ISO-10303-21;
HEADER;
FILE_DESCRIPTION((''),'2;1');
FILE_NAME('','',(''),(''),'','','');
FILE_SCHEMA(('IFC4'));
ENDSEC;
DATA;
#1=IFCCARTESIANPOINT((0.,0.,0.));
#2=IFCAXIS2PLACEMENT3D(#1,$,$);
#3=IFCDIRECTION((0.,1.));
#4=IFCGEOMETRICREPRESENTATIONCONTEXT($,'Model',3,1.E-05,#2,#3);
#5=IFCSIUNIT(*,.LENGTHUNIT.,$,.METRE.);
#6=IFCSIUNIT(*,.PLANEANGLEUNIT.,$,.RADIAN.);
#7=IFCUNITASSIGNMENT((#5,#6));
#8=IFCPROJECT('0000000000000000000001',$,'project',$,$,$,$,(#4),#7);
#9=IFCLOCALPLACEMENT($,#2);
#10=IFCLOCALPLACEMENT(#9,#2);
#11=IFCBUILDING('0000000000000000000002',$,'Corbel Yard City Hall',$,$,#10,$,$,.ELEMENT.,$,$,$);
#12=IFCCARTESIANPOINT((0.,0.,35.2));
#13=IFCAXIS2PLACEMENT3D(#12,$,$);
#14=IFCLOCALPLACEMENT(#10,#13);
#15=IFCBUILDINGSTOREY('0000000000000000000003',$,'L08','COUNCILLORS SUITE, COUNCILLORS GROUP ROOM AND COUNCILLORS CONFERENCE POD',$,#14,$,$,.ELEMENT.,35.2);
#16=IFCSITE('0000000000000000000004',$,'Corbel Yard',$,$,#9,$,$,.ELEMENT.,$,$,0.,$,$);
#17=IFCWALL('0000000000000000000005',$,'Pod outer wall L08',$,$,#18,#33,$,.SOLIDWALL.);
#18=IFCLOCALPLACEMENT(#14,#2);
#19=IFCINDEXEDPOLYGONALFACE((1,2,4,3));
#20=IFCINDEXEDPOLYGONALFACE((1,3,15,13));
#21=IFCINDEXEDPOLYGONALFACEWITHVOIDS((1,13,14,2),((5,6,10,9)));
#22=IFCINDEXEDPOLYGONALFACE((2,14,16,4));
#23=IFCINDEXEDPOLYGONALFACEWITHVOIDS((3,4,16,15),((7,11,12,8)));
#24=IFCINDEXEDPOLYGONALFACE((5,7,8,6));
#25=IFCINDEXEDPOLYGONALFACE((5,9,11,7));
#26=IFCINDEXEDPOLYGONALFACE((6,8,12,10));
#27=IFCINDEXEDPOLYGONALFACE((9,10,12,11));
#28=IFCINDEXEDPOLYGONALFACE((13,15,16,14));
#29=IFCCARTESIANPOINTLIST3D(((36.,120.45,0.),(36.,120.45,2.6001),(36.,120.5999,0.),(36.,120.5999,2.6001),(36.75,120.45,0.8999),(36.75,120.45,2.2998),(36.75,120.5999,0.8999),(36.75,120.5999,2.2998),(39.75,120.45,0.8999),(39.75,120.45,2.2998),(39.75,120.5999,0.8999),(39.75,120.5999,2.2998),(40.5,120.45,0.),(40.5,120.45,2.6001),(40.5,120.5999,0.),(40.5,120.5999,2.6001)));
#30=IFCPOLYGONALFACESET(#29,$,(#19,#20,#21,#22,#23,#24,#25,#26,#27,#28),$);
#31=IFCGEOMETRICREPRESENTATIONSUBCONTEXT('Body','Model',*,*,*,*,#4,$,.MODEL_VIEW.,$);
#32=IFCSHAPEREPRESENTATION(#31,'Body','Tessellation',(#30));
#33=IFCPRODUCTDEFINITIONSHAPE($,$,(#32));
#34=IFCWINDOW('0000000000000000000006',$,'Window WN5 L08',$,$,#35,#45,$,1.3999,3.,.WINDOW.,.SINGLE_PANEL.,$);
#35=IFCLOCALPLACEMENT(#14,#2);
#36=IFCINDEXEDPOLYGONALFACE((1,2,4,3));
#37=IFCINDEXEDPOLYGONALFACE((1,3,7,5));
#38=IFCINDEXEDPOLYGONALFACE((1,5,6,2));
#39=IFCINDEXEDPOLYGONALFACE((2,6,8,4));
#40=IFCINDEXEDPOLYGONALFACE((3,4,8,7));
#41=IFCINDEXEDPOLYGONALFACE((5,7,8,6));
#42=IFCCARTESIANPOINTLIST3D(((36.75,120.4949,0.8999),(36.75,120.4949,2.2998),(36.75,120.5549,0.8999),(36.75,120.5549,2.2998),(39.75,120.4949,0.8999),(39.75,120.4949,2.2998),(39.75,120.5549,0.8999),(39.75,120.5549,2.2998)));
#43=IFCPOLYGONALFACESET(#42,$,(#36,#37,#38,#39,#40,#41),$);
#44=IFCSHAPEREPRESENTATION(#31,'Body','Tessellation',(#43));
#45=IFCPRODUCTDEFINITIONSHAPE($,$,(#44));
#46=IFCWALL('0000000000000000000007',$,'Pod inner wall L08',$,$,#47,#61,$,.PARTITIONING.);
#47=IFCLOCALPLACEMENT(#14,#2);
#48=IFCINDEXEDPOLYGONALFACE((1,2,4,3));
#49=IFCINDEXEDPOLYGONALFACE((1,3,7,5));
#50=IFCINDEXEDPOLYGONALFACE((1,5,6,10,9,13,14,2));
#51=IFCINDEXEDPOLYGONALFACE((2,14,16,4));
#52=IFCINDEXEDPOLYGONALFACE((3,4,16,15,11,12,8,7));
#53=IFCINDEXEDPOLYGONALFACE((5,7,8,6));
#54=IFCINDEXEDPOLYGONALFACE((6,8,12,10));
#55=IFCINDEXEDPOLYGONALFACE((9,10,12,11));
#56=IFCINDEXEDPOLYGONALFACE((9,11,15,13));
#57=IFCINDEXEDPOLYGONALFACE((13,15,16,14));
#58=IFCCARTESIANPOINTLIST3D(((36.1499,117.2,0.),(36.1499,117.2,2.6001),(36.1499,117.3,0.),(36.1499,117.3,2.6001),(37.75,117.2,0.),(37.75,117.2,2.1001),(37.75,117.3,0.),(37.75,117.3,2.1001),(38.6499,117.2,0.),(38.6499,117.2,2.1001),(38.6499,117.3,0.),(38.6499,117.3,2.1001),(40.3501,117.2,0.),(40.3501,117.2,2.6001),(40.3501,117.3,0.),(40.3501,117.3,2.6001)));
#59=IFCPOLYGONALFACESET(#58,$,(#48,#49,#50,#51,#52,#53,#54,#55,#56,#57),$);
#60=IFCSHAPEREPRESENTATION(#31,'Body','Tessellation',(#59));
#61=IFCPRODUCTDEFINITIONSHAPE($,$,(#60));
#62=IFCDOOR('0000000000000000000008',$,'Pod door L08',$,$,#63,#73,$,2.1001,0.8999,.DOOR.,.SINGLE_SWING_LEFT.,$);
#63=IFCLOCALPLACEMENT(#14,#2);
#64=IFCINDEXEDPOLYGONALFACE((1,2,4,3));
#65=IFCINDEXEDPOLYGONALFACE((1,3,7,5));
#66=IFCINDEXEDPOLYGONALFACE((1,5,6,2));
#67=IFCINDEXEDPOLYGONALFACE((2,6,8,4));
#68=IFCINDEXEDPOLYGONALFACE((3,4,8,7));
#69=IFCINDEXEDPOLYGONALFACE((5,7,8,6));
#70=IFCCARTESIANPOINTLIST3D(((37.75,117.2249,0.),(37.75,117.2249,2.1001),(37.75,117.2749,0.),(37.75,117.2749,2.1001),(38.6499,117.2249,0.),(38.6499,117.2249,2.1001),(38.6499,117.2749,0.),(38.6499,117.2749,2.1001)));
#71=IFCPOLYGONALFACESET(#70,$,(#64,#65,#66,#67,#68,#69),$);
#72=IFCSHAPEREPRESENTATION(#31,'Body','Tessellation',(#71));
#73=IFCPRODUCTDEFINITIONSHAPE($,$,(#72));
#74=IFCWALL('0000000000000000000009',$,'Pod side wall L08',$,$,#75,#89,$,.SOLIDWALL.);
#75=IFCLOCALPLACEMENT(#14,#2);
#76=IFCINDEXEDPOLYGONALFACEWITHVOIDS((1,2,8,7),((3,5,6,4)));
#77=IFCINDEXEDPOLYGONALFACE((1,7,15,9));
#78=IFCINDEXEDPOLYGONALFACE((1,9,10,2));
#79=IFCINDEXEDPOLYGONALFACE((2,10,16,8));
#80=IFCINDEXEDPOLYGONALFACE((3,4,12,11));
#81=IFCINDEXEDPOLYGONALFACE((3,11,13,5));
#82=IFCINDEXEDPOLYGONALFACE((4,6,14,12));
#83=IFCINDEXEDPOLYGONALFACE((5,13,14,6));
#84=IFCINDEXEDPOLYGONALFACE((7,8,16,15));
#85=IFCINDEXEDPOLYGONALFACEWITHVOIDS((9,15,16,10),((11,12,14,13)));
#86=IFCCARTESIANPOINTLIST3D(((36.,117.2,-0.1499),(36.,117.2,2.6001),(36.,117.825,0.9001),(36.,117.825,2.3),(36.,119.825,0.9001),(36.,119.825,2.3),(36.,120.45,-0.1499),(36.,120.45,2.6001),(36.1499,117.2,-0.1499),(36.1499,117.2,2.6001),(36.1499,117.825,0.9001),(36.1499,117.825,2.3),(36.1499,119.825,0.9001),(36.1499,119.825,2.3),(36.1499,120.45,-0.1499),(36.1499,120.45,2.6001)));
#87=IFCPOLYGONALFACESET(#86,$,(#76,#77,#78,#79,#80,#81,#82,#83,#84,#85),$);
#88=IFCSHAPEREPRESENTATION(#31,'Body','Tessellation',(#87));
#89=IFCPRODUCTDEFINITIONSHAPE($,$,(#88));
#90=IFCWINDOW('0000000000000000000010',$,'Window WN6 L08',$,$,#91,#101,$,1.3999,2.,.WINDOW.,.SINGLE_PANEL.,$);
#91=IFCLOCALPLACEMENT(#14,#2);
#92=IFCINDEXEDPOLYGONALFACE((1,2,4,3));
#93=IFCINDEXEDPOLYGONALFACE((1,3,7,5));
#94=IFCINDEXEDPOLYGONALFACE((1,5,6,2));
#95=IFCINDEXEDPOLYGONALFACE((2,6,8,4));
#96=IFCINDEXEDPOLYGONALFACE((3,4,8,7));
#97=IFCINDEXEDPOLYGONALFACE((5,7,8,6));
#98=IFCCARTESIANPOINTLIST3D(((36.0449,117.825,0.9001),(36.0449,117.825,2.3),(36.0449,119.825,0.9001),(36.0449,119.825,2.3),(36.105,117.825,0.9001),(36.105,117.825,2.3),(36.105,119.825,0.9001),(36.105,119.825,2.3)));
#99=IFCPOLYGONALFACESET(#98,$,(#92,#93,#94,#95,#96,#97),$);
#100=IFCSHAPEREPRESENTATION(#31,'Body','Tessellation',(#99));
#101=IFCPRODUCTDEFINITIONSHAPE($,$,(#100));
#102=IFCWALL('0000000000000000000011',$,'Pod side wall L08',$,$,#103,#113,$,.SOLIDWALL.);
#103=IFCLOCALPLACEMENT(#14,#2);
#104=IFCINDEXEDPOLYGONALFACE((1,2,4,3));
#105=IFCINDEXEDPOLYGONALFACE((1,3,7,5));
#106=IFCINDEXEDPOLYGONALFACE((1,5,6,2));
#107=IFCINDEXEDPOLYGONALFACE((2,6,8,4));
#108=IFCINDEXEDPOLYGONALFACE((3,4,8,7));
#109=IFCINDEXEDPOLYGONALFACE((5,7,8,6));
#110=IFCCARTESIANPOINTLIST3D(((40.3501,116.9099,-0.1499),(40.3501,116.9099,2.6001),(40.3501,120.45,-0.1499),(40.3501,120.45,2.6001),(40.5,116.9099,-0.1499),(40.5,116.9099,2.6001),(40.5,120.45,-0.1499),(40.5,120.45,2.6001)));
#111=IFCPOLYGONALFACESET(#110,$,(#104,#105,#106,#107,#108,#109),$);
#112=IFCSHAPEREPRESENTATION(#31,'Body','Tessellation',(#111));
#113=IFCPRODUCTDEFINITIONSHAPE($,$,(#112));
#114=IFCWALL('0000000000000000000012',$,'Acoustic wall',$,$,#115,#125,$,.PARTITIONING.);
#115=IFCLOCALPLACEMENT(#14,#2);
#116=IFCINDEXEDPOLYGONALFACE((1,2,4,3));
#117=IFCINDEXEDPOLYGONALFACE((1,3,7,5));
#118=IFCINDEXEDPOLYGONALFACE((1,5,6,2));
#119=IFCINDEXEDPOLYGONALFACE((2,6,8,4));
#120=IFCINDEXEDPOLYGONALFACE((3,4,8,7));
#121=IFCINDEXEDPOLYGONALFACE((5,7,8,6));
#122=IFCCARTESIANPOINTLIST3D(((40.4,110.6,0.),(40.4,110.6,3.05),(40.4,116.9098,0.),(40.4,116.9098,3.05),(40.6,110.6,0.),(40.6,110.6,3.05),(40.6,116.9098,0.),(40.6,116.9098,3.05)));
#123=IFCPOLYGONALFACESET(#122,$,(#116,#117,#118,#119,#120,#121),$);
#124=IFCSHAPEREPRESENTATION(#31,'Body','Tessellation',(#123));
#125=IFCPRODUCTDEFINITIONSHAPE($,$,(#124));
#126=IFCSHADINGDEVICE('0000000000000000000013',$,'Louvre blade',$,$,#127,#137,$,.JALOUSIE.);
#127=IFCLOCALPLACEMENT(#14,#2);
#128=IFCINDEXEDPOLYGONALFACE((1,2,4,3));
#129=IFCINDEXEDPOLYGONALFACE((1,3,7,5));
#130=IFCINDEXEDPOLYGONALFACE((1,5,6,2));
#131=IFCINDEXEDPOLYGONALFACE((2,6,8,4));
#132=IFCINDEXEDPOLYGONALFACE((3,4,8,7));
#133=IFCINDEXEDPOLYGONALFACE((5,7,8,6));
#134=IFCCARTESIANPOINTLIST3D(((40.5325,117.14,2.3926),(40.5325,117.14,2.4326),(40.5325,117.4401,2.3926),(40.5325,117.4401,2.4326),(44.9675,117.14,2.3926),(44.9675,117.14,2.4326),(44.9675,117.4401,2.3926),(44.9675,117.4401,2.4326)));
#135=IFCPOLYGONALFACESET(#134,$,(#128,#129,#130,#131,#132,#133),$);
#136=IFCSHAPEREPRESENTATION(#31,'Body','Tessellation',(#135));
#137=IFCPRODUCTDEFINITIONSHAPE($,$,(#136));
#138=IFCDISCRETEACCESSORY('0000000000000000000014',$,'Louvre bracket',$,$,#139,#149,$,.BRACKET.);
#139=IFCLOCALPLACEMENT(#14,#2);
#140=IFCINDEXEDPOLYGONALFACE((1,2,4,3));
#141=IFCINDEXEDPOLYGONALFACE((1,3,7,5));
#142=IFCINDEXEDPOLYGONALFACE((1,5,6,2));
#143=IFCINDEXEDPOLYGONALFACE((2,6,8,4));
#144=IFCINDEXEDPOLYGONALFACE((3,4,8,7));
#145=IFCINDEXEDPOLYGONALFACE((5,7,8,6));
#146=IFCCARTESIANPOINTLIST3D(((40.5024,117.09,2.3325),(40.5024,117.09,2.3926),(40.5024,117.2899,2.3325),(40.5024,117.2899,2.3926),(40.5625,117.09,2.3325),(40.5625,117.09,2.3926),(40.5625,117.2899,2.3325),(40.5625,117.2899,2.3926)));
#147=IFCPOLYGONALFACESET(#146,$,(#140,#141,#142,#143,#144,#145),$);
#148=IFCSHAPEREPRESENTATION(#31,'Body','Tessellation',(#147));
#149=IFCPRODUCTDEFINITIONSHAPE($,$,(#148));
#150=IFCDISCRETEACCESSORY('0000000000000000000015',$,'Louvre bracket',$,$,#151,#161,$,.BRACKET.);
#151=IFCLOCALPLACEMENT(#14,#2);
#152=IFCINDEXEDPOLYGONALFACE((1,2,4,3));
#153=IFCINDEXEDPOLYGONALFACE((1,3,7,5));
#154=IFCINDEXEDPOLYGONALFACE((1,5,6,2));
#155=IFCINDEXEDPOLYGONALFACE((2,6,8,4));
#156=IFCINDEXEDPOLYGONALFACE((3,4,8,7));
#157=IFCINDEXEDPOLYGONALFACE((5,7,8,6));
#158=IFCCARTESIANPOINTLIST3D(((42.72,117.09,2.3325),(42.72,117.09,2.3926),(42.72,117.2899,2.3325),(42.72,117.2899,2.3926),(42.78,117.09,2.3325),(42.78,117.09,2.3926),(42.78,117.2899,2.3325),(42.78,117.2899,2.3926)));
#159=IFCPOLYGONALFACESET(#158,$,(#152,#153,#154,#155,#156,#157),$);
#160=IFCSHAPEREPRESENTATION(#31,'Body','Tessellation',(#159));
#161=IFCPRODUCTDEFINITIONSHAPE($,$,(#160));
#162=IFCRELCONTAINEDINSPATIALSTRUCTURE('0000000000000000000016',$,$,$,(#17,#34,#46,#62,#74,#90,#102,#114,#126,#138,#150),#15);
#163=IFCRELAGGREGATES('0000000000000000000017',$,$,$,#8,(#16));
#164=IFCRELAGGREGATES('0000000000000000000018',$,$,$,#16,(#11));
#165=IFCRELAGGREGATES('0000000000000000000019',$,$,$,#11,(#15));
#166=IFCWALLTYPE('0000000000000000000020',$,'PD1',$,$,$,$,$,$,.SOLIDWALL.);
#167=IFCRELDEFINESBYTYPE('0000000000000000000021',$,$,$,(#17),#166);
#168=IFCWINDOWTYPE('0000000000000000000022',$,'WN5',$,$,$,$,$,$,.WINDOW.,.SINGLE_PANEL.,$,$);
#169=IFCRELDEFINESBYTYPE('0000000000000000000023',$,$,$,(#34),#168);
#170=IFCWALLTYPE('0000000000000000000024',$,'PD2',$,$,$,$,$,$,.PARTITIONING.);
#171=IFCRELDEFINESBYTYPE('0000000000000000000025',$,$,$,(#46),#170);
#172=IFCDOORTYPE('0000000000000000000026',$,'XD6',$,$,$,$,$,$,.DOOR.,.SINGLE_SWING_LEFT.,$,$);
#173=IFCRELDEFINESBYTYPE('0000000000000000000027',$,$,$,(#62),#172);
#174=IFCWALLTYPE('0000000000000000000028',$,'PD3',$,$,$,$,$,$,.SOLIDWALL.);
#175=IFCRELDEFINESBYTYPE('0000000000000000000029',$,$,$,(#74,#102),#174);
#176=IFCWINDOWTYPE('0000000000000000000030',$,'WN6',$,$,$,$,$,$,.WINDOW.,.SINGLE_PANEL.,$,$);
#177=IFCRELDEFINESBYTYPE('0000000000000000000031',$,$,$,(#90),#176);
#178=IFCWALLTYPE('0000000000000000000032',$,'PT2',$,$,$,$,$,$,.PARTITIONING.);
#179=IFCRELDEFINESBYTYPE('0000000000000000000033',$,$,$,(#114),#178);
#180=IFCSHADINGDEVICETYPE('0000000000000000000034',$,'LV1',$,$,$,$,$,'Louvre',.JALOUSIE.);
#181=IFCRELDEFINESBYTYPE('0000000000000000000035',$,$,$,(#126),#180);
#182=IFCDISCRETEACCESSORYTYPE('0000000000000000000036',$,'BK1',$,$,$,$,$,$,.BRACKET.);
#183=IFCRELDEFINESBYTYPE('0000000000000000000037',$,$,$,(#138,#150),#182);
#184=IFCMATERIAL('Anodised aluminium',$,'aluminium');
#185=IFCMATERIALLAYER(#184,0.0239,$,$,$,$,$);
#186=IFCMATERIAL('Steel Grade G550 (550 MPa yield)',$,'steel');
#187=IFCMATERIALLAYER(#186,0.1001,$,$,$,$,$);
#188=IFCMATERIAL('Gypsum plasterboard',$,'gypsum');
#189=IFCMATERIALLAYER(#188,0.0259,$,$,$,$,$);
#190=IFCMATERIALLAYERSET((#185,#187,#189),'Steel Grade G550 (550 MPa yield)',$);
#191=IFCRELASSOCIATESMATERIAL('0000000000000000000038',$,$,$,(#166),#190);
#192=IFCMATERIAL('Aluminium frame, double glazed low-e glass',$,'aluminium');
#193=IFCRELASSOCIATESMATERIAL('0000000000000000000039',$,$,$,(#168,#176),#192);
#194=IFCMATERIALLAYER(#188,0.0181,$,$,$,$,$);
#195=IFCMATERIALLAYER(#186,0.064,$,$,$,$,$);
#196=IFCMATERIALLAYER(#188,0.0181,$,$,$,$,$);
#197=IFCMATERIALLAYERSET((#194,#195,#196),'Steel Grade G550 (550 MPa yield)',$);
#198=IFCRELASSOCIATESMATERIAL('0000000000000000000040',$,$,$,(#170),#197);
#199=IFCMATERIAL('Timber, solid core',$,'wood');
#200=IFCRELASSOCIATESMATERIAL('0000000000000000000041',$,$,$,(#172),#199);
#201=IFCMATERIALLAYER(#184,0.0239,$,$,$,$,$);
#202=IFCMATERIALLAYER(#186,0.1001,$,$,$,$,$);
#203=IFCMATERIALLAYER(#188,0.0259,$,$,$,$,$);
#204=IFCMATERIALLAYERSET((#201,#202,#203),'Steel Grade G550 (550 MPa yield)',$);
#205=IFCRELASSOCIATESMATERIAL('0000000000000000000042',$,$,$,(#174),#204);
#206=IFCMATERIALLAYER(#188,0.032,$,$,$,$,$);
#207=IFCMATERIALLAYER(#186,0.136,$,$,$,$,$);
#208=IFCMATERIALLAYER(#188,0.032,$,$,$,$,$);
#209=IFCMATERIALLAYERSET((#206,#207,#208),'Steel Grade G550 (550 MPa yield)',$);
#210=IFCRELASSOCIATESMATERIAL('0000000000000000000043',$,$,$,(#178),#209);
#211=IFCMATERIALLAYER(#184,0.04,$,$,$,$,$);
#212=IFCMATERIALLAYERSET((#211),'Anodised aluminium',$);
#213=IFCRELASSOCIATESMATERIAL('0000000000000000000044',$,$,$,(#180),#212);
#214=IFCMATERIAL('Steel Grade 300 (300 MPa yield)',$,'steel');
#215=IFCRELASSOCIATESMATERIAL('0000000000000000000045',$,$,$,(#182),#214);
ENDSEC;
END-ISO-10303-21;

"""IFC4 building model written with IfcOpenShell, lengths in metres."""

from ifc_helpers import new_model, si_unit, direction, frame, frame_2d, origin, origin_2d, place, context, subcontext, project, spatial, rectangle, extrude, material, layer, layer_set, type_object, element, fill, save


model = new_model("IFC4")

# Units and contexts
model_context = context("Model", 3, precision=1e-05, world=origin(), true_north=direction((0.0, 1.0)))
body_context = subcontext(model_context, "Body", "Model", "MODEL_VIEW")
ifc_project = project(units=[si_unit("LENGTHUNIT", "METRE"), si_unit("PLANEANGLEUNIT", "RADIAN")], contexts=[model_context])

# Site, building, storey
site_placement = place(None, origin())
site = spatial("IfcSite", under=ifc_project, at=site_placement, Name="Corbel Yard", CompositionType="ELEMENT", RefElevation=0.0)
building_placement = place(site_placement, origin())
building = spatial("IfcBuilding", under=site, at=building_placement, Name="Corbel Yard City Hall", CompositionType="ELEMENT")
storey_placement = place(building_placement, frame((0.0, 0.0, 35.2)))
storey = spatial("IfcBuildingStorey", under=building, at=storey_placement, Name="L08", Description="COUNCILLORS SUITE, COUNCILLORS GROUP ROOM AND COUNCILLORS CONFERENCE POD", CompositionType="ELEMENT", Elevation=35.2)

# Shared definitions
ifc_material_1 = material(Name="Steel Grade 300 (300 MPa yield)", Category="steel")

# Wall, opening, window
ifc_material_2 = material(Name="Anodised aluminium", Category="aluminium")
ifc_layer_1 = layer(ifc_material_2, 0.0239)
ifc_material_3 = material(Name="Steel Grade G550 (550 MPa yield)", Category="steel")
ifc_layer_2 = layer(ifc_material_3, 0.1001)
ifc_material_4 = material(Name="Gypsum plasterboard", Category="gypsum")
ifc_layer_3 = layer(ifc_material_4, 0.0259)
ifc_layer_set_1 = layer_set([ifc_layer_1, ifc_layer_2, ifc_layer_3], Name="Steel Grade G550 (550 MPa yield)")
wall_type_1 = type_object("IfcWallType", Name="PD1", PredefinedType="SOLIDWALL", material=ifc_layer_set_1)
wall_1_placement = place(storey_placement, frame((36.0, 120.5249, 0.0), z_axis=(0.0, 0.0, 1.0), x_axis=(1.0, 0.0, 0.0)))
wall_1 = element("IfcWall", 1, at=wall_1_placement, inside=storey, type_object=wall_type_1, Name="Pod outer wall L08", PredefinedType="SOLIDWALL", context=body_context, shape_type="SweptSolid", body=[
    extrude(rectangle(XDim=4.5, YDim=0.1499, at=frame_2d((2.25, 0.0))), origin(), (0.0, 0.0, 1.0), 2.6001),
])
opening_1_placement = place(wall_1_placement, frame((0.75, 0.0, 0.8999)))
opening_1 = element("IfcOpeningElement", 2, at=opening_1_placement, cuts=wall_1, PredefinedType="OPENING", context=body_context, shape_type="SweptSolid", body=[
    extrude(rectangle(XDim=3.0, YDim=1.3999, at=frame_2d((1.5, 0.7))), frame((0.0, 0.085, 0.0), z_axis=(0.0, -1.0, 0.0), x_axis=(1.0, 0.0, 0.0)), (0.0, 0.0, 1.0), 0.1699),
])
ifc_material_5 = material(Name="Aluminium frame, double glazed low-e glass", Category="aluminium")
window_type_1 = type_object("IfcWindowType", Name="WN5", PartitioningType="SINGLE_PANEL", PredefinedType="WINDOW", material=ifc_material_5)
window_1_placement = place(opening_1_placement, origin())
window_1 = element("IfcWindow", 3, at=window_1_placement, inside=storey, type_object=window_type_1, Name="Window WN5 L08", OverallHeight=1.3999, OverallWidth=3.0, PartitioningType="SINGLE_PANEL", PredefinedType="WINDOW", context=body_context, shape_type="SweptSolid", body=[
    extrude(rectangle(XDim=3.0, YDim=1.3999, at=frame_2d((1.5, 0.7))), frame((0.0, 0.03, 0.0), z_axis=(0.0, -1.0, 0.0), x_axis=(1.0, 0.0, 0.0)), (0.0, 0.0, 1.0), 0.0601),
])
fill(opening_1, window_1)

# Wall, opening, door
ifc_layer_4 = layer(ifc_material_4, 0.0181)
ifc_layer_5 = layer(ifc_material_3, 0.064)
ifc_layer_6 = layer(ifc_material_4, 0.0181)
ifc_layer_set_2 = layer_set([ifc_layer_4, ifc_layer_5, ifc_layer_6], Name="Steel Grade G550 (550 MPa yield)")
wall_type_2 = type_object("IfcWallType", Name="PD2", PredefinedType="PARTITIONING", material=ifc_layer_set_2)
wall_2_placement = place(storey_placement, frame((36.1499, 117.25, 0.0), z_axis=(0.0, 0.0, 1.0), x_axis=(1.0, 0.0, 0.0)))
wall_2 = element("IfcWall", 4, at=wall_2_placement, inside=storey, type_object=wall_type_2, Name="Pod inner wall L08", PredefinedType="PARTITIONING", context=body_context, shape_type="SweptSolid", body=[
    extrude(rectangle(XDim=4.2002, YDim=0.1001, at=frame_2d((2.1001, 0.0))), origin(), (0.0, 0.0, 1.0), 2.6001),
])
opening_2_placement = place(wall_2_placement, frame((1.6001, 0.0, 0.0)))
opening_2 = element("IfcOpeningElement", 5, at=opening_2_placement, cuts=wall_2, PredefinedType="OPENING", context=body_context, shape_type="SweptSolid", body=[
    extrude(rectangle(XDim=0.8999, YDim=2.1001, at=frame_2d((0.45, 1.05))), frame((0.0, 0.0601, 0.0), z_axis=(0.0, -1.0, 0.0), x_axis=(1.0, 0.0, 0.0)), (0.0, 0.0, 1.0), 0.1201),
])
ifc_material_6 = material(Name="Timber, solid core", Category="wood")
door_type = type_object("IfcDoorType", Name="XD6", OperationType="SINGLE_SWING_LEFT", PredefinedType="DOOR", material=ifc_material_6)
door_placement = place(opening_2_placement, origin())
door = element("IfcDoor", 6, at=door_placement, inside=storey, type_object=door_type, Name="Pod door L08", OperationType="SINGLE_SWING_LEFT", OverallHeight=2.1001, OverallWidth=0.8999, PredefinedType="DOOR", context=body_context, shape_type="SweptSolid", body=[
    extrude(rectangle(XDim=0.8999, YDim=2.1001, at=frame_2d((0.45, 1.05))), frame((0.0, 0.0249, 0.0), z_axis=(0.0, -1.0, 0.0), x_axis=(1.0, 0.0, 0.0)), (0.0, 0.0, 1.0), 0.05),
])
fill(opening_2, door)

# Wall, opening, window
ifc_layer_7 = layer(ifc_material_2, 0.0239)
ifc_layer_8 = layer(ifc_material_3, 0.1001)
ifc_layer_9 = layer(ifc_material_4, 0.0259)
ifc_layer_set_3 = layer_set([ifc_layer_7, ifc_layer_8, ifc_layer_9], Name="Steel Grade G550 (550 MPa yield)")
wall_type_3 = type_object("IfcWallType", Name="PD3", PredefinedType="SOLIDWALL", material=ifc_layer_set_3)
wall_3_placement = place(storey_placement, frame((36.075, 120.45, -0.1499), z_axis=(0.0, 0.0, 1.0), x_axis=(0.0, -1.0, 0.0)))
wall_3 = element("IfcWall", 7, at=wall_3_placement, inside=storey, type_object=wall_type_3, Name="Pod side wall L08", PredefinedType="SOLIDWALL", context=body_context, shape_type="SweptSolid", body=[
    extrude(rectangle(XDim=3.25, YDim=0.1499, at=frame_2d((1.625, 0.0))), origin(), (0.0, 0.0, 1.0), 2.75),
])
opening_3_placement = place(wall_3_placement, frame((0.625, 0.0, 1.05)))
opening_3 = element("IfcOpeningElement", 8, at=opening_3_placement, cuts=wall_3, PredefinedType="OPENING", context=body_context, shape_type="SweptSolid", body=[
    extrude(rectangle(XDim=2.0, YDim=1.3999, at=frame_2d((1.0, 0.7))), frame((0.0, 0.085, 0.0), z_axis=(0.0, -1.0, 0.0), x_axis=(1.0, 0.0, 0.0)), (0.0, 0.0, 1.0), 0.1699),
])
window_type_2 = type_object("IfcWindowType", Name="WN6", PartitioningType="SINGLE_PANEL", PredefinedType="WINDOW", material=ifc_material_5)
window_2_placement = place(opening_3_placement, origin())
window_2 = element("IfcWindow", 9, at=window_2_placement, inside=storey, type_object=window_type_2, Name="Window WN6 L08", OverallHeight=1.3999, OverallWidth=2.0, PartitioningType="SINGLE_PANEL", PredefinedType="WINDOW", context=body_context, shape_type="SweptSolid", body=[
    extrude(rectangle(XDim=2.0, YDim=1.3999, at=frame_2d((1.0, 0.7))), frame((0.0, 0.03, 0.0), z_axis=(0.0, -1.0, 0.0), x_axis=(1.0, 0.0, 0.0)), (0.0, 0.0, 1.0), 0.0601),
])
fill(opening_3, window_2)

# Walls
wall_4_placement = place(storey_placement, frame((40.425, 120.45, -0.1499), z_axis=(0.0, 0.0, 1.0), x_axis=(0.0, -1.0, 0.0)))
element("IfcWall", 10, at=wall_4_placement, inside=storey, type_object=wall_type_3, Name="Pod side wall L08", PredefinedType="SOLIDWALL", context=body_context, shape_type="SweptSolid", body=[
    extrude(rectangle(XDim=3.54, YDim=0.1499, at=frame_2d((1.77, 0.0))), origin(), (0.0, 0.0, 1.0), 2.75),
])
ifc_layer_10 = layer(ifc_material_4, 0.032)
ifc_layer_11 = layer(ifc_material_3, 0.136)
ifc_layer_12 = layer(ifc_material_4, 0.032)
ifc_layer_set_4 = layer_set([ifc_layer_10, ifc_layer_11, ifc_layer_12], Name="Steel Grade G550 (550 MPa yield)")
wall_type_4 = type_object("IfcWallType", Name="PT2", PredefinedType="PARTITIONING", material=ifc_layer_set_4)
wall_5_placement = place(storey_placement, frame((40.5, 110.6001, 0.0), z_axis=(0.0, 0.0, 1.0), x_axis=(0.0, 1.0, 0.0)))
element("IfcWall", 11, at=wall_5_placement, inside=storey, type_object=wall_type_4, Name="Acoustic wall", PredefinedType="PARTITIONING", context=body_context, shape_type="SweptSolid", body=[
    extrude(rectangle(XDim=6.3098, YDim=0.2, at=frame_2d((3.1548, 0.0))), origin(), (0.0, 0.0, 1.0), 3.05),
])

# Shading device
ifc_layer_13 = layer(ifc_material_2, 0.04)
ifc_layer_set_5 = layer_set([ifc_layer_13], Name="Anodised aluminium")
shading_device_type = type_object("IfcShadingDeviceType", Name="LV1", ElementType="Louvre", PredefinedType="JALOUSIE", material=ifc_layer_set_5)
shading_device_placement = place(storey_placement, frame((42.75, 117.29, 2.3926), z_axis=(0.0, 0.0, 1.0), x_axis=(1.0, 0.0, 0.0)))
element("IfcShadingDevice", 12, at=shading_device_placement, inside=storey, type_object=shading_device_type, Name="Louvre blade", PredefinedType="JALOUSIE", context=body_context, shape_type="SweptSolid", body=[
    extrude(rectangle(XDim=4.4351, YDim=0.3, at=origin_2d()), origin(), (0.0, 0.0, 1.0), 0.04),
])

# Discrete accessories
discrete_accessory_type = type_object("IfcDiscreteAccessoryType", Name="BK1", PredefinedType="BRACKET", material=ifc_material_1)
for number, where, z_axis, x_axis, name in (
    (13, (40.5325, 117.1899, 2.3325), (0.0, 0.0, 1.0), (1.0, 0.0, 0.0), "Louvre bracket"),
    (14, (42.75, 117.1899, 2.3325), (0.0, 0.0, 1.0), (1.0, 0.0, 0.0), "Louvre bracket"),
):
    element("IfcDiscreteAccessory", number, at=place(storey_placement, frame(where, z_axis=z_axis, x_axis=x_axis)), inside=storey, type_object=discrete_accessory_type, Name=name, PredefinedType="BRACKET", context=body_context, shape_type="SweptSolid", body=[
        extrude(rectangle(XDim=0.0601, YDim=0.2, at=origin_2d()), origin(), (0.0, 0.0, 1.0), 0.0601),
    ])

save(model, "model.ifc")
